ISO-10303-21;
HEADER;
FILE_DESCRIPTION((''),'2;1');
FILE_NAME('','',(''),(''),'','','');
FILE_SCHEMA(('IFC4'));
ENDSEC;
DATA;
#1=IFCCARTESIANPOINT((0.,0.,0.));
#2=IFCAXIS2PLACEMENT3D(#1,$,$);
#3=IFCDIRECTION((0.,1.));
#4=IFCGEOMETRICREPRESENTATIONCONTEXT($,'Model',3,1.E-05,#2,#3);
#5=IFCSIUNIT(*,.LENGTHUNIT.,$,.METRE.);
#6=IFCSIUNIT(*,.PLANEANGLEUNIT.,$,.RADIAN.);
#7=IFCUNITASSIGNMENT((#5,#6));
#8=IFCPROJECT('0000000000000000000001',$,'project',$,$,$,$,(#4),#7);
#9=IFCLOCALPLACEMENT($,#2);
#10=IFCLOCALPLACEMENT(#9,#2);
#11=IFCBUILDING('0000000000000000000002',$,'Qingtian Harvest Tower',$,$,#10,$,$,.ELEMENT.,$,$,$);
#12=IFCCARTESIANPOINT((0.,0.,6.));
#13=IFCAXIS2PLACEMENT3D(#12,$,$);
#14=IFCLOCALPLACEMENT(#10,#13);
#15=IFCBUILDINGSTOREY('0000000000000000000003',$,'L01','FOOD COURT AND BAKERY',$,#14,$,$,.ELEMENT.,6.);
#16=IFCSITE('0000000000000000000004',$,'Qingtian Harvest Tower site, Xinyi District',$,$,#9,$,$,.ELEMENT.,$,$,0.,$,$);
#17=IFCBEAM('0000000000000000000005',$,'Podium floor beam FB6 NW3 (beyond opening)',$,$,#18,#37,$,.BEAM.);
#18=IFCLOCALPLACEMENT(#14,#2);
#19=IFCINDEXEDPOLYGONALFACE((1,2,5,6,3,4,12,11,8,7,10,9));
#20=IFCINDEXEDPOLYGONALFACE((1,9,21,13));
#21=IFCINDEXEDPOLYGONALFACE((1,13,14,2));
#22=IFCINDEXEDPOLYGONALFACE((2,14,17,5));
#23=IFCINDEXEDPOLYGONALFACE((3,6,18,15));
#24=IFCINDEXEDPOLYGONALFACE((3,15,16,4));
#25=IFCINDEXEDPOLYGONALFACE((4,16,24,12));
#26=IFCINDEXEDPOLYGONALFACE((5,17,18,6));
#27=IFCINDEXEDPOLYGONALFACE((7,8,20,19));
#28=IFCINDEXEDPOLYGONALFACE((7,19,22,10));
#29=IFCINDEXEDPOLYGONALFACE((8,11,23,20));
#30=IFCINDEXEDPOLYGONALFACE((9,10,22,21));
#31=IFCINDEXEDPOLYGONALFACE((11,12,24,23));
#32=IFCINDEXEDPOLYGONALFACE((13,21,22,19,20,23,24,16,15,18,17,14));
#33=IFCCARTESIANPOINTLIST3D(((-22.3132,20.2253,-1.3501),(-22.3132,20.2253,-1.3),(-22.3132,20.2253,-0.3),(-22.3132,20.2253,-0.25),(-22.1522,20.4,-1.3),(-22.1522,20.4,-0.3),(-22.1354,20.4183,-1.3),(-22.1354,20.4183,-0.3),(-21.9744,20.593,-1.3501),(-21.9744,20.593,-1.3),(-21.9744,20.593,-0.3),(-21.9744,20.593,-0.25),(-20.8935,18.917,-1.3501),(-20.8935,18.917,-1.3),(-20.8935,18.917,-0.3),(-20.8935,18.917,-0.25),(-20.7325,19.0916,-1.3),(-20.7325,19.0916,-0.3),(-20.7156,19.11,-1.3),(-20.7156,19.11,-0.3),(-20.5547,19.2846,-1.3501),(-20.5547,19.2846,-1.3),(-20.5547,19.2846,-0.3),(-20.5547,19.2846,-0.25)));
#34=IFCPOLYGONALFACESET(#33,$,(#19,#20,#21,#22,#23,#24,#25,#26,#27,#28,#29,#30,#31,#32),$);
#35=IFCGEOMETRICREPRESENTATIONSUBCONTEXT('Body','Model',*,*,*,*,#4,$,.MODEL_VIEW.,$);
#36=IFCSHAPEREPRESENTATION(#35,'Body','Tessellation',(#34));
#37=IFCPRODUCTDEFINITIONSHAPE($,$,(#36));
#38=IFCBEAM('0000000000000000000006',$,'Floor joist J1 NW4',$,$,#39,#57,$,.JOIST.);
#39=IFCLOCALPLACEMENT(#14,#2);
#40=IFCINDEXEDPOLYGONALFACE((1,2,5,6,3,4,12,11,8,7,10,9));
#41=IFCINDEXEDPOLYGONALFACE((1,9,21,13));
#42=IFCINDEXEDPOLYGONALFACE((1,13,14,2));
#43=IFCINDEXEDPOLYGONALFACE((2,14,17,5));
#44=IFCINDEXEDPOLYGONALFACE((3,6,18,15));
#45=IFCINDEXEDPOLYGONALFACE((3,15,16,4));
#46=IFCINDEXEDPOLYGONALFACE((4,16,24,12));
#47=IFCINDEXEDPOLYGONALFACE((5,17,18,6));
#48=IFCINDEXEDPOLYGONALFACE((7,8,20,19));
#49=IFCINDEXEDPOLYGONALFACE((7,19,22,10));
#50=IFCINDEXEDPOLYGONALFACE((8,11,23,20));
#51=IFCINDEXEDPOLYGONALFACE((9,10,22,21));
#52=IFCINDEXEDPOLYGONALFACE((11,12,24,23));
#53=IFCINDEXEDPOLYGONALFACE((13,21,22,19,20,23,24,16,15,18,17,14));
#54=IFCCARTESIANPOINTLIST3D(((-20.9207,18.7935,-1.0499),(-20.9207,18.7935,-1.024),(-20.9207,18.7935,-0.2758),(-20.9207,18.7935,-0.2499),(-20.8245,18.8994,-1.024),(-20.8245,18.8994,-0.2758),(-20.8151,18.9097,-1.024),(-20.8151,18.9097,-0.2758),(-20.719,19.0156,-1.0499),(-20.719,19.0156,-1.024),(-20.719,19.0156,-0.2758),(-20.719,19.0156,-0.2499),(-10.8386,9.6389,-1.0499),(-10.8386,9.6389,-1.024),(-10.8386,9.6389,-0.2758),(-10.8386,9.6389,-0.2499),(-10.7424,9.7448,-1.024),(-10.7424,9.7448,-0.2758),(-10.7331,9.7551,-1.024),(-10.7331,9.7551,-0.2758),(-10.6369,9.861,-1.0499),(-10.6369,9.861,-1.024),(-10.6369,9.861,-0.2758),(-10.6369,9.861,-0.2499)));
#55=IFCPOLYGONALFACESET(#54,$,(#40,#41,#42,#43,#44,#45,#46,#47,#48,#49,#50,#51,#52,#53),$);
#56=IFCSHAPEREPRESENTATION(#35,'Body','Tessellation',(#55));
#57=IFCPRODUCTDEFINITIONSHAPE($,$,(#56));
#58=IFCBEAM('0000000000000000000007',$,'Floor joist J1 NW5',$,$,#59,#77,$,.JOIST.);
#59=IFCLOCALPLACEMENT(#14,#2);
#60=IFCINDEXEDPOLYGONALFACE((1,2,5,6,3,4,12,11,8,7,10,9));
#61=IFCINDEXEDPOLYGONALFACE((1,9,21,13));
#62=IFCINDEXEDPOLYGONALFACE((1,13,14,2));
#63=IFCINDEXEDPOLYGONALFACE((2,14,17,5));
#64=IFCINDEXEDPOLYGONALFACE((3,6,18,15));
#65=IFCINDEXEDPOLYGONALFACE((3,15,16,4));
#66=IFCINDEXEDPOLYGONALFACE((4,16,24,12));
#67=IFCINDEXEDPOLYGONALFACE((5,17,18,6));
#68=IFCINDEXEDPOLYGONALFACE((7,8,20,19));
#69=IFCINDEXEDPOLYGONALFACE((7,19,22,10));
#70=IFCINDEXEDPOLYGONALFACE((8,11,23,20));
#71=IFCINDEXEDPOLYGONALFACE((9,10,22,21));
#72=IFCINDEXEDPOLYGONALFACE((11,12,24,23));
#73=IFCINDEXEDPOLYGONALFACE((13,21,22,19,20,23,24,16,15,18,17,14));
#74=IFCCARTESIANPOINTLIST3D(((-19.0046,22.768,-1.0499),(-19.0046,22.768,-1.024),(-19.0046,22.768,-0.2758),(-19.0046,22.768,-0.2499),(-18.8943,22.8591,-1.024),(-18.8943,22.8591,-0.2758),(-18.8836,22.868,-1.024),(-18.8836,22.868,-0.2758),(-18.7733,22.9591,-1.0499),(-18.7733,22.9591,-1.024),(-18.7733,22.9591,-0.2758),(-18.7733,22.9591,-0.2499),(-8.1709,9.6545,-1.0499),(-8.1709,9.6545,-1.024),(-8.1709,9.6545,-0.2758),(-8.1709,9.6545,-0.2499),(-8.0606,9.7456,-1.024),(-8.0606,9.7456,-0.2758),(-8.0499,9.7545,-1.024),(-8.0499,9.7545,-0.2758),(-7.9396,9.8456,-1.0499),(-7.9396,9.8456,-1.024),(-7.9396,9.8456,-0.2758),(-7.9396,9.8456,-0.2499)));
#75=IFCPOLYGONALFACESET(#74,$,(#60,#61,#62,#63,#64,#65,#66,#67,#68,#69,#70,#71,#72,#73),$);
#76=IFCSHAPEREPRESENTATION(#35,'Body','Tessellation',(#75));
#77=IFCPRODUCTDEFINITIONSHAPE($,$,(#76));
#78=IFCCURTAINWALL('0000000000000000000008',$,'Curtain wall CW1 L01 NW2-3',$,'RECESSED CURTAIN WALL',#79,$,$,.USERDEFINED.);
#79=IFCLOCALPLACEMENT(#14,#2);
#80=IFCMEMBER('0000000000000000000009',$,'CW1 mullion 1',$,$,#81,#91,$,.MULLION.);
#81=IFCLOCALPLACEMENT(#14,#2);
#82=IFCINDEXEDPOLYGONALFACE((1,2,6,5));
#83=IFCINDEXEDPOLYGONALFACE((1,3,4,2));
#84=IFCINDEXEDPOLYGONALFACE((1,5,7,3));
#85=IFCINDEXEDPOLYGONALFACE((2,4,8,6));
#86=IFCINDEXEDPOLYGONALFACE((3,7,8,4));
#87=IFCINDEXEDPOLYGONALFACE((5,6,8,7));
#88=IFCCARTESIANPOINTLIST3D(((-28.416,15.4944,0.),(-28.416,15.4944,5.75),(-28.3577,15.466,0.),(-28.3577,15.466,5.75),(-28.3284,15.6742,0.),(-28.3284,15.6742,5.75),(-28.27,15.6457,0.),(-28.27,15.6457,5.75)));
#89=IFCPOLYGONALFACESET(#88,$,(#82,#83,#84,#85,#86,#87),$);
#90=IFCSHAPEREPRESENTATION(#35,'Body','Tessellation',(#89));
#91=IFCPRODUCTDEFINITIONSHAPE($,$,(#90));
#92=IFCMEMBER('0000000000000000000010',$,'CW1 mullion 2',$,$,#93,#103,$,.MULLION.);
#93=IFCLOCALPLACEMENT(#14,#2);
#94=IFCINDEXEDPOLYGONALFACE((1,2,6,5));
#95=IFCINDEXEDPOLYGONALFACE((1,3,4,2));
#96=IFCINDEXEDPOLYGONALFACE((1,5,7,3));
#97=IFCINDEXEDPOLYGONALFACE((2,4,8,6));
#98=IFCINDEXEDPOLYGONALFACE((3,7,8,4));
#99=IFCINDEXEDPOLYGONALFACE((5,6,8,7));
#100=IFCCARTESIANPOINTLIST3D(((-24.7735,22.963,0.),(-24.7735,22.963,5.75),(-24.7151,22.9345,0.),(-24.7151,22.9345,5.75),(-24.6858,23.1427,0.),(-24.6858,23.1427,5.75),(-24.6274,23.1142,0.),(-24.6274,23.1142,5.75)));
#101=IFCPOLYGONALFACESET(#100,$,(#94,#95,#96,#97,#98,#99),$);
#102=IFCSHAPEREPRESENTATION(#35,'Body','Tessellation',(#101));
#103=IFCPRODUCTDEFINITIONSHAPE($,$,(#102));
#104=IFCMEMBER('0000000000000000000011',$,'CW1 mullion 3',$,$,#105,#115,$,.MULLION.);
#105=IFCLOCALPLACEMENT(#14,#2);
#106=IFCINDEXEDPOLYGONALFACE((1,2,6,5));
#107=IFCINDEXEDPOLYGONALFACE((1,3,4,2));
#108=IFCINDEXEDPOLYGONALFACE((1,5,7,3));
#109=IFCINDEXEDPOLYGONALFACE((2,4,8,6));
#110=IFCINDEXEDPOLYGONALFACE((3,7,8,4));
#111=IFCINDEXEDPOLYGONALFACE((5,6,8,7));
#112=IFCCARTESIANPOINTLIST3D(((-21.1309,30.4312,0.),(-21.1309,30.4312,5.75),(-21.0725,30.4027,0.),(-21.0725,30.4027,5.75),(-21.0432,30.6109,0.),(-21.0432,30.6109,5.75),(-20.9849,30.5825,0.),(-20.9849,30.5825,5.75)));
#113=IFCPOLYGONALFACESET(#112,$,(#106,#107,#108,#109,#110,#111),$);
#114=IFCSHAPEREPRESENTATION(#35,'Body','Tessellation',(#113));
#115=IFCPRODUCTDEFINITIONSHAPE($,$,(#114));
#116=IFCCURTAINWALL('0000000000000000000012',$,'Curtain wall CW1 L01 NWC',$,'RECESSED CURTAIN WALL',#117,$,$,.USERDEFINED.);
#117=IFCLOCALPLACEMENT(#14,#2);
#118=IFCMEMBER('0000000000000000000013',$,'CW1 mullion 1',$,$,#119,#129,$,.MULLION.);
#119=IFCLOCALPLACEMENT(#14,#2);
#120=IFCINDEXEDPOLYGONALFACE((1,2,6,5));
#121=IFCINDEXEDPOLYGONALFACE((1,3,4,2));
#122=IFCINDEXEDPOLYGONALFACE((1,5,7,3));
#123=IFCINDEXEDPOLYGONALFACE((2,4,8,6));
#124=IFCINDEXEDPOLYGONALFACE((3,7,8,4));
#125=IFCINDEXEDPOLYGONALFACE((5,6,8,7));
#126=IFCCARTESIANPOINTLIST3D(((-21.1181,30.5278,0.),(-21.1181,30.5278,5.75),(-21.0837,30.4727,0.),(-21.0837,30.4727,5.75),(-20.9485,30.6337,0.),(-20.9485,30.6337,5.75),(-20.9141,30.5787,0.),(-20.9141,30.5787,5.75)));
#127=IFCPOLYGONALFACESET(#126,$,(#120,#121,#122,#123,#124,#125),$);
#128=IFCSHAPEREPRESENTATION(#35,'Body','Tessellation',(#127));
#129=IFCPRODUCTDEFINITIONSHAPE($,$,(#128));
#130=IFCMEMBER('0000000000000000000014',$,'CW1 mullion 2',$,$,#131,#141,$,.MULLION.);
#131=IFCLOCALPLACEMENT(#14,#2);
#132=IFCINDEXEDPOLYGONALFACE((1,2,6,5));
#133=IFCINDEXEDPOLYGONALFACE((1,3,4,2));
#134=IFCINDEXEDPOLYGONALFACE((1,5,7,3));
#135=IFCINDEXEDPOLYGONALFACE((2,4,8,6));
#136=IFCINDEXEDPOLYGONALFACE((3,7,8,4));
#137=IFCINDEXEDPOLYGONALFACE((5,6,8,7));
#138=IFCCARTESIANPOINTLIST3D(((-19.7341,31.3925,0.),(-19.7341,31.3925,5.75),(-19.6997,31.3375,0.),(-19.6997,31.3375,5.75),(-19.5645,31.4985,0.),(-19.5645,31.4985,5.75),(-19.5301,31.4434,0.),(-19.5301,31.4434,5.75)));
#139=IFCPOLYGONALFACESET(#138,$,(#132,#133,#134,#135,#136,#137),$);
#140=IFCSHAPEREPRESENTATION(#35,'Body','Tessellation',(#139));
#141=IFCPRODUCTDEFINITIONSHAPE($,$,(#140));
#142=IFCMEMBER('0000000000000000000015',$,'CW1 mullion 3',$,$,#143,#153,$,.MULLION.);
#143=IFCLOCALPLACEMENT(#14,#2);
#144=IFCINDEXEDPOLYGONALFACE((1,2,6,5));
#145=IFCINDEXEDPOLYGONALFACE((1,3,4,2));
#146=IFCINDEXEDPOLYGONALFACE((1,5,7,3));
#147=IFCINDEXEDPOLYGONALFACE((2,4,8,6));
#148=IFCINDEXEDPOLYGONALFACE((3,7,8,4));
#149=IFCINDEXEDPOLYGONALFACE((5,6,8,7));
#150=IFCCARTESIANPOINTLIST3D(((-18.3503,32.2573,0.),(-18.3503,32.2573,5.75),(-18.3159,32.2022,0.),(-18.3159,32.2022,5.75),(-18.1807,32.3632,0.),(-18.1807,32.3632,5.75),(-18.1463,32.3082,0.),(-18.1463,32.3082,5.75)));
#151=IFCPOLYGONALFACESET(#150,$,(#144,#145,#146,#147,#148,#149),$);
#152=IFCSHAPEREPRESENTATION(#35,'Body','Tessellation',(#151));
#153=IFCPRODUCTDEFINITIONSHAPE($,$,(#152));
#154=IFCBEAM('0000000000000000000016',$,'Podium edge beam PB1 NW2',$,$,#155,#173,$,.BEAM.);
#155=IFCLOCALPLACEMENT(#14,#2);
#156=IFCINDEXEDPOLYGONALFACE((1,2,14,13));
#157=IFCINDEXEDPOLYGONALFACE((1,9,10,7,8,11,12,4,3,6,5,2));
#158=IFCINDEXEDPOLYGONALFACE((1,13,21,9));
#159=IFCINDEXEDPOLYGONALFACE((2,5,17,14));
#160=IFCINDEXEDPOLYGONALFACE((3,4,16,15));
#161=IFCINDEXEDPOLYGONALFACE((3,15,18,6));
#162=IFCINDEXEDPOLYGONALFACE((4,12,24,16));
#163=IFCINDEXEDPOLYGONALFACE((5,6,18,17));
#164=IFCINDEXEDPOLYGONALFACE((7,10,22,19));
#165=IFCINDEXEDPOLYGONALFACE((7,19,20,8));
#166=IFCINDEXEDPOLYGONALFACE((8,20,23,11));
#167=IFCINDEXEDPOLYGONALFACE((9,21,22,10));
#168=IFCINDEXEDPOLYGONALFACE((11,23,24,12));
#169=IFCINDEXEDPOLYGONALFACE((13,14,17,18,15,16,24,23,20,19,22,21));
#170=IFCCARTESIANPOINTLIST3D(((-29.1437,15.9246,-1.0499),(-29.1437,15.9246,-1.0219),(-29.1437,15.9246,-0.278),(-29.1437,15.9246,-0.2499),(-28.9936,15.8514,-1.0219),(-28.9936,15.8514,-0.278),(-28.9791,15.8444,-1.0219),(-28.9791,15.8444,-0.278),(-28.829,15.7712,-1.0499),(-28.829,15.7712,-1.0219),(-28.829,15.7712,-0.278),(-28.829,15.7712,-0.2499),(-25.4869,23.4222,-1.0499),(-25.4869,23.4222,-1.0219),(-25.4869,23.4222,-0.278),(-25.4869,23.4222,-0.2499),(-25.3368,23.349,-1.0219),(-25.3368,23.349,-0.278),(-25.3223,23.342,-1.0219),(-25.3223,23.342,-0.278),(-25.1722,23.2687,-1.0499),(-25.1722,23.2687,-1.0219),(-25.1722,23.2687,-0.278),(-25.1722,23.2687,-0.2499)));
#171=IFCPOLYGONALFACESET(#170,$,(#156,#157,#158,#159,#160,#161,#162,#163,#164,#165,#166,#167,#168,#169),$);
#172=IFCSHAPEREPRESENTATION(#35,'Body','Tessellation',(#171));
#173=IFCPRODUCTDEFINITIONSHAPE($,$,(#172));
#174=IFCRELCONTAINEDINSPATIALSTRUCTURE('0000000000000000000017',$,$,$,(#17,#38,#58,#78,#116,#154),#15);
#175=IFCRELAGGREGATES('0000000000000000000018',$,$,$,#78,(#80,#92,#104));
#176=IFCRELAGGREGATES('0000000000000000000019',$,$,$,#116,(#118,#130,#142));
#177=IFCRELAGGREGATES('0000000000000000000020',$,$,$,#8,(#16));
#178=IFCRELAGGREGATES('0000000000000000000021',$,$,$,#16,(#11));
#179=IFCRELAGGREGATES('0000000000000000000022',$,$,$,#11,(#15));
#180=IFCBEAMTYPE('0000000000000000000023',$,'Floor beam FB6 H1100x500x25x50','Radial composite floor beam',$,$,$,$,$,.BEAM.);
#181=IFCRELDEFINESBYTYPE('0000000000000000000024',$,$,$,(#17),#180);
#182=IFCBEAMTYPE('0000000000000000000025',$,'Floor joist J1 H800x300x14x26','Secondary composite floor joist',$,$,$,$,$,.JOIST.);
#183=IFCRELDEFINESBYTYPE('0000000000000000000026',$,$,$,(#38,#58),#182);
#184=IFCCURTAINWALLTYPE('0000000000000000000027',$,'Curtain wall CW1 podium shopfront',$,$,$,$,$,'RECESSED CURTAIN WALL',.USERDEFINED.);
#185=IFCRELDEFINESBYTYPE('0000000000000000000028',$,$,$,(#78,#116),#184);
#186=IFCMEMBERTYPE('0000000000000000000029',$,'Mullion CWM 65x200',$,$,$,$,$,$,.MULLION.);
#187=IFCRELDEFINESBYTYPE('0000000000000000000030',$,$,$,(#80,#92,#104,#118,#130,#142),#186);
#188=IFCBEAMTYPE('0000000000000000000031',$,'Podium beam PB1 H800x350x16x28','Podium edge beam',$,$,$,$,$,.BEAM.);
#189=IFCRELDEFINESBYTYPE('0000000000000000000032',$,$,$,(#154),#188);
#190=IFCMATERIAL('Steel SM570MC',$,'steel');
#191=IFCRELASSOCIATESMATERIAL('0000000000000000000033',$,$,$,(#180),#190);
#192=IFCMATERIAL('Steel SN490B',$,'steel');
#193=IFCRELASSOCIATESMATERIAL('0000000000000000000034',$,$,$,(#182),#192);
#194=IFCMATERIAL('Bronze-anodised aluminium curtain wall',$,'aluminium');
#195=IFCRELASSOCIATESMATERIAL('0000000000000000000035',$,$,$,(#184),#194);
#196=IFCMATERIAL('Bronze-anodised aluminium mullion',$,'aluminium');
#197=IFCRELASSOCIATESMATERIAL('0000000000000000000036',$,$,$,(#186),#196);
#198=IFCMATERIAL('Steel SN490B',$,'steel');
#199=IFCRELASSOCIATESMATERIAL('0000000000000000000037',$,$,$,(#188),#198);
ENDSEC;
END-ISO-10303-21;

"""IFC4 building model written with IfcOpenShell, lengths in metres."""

from ifc_helpers import new_model, si_unit, direction, frame, origin, origin_2d, place, context, subcontext, project, spatial, rectangle, i_section, extrude, material, material_profile, profile_set, type_object, element, aggregate, save


model = new_model("IFC4")

# Units and contexts
model_context = context("Model", 3, precision=1e-05, world=origin(), true_north=direction((0.0, 1.0)))
body_context = subcontext(model_context, "Body", "Model", "MODEL_VIEW")
ifc_project = project(units=[si_unit("LENGTHUNIT", "METRE"), si_unit("PLANEANGLEUNIT", "RADIAN")], contexts=[model_context])

# Site, building, storey
site_placement = place(None, origin())
site = spatial("IfcSite", under=ifc_project, at=site_placement, Name="Qingtian Harvest Tower site, Xinyi District", CompositionType="ELEMENT", RefElevation=0.0)
building_placement = place(site_placement, origin())
building = spatial("IfcBuilding", under=site, at=building_placement, Name="Qingtian Harvest Tower", CompositionType="ELEMENT")
storey_placement = place(building_placement, frame((0.0, 0.0, 6.0)))
storey = spatial("IfcBuildingStorey", under=building, at=storey_placement, Name="L01", Description="FOOD COURT AND BAKERY", CompositionType="ELEMENT", Elevation=6.0)

# Beams
ifc_material_1 = material(Name="Steel SM570MC", Category="steel")
ifc_material_profile_1 = material_profile(ifc_material_1, i_section(OverallWidth=0.5, OverallDepth=1.1001, WebThickness=0.0249, FlangeThickness=0.05, at=origin_2d()), Name="H1100x500x25x50")
ifc_profile_set_1 = profile_set([ifc_material_profile_1], Name="Steel SM570MC")
beam_type_1 = type_object("IfcBeamType", Name="Floor beam FB6 H1100x500x25x50", Description="Radial composite floor beam", PredefinedType="BEAM", material=ifc_profile_set_1)
beam_1_placement = place(storey_placement, frame((-22.1438, 20.4092, -0.8), z_axis=(0.735351, -0.677686, 0.0), x_axis=(0.677686, 0.735351, 0.0)))
element("IfcBeam", 1, at=beam_1_placement, inside=storey, type_object=beam_type_1, Name="Podium floor beam FB6 NW3 (beyond opening)", PredefinedType="BEAM", context=body_context, shape_type="SweptSolid", body=[
    extrude(i_section(OverallWidth=0.5, OverallDepth=1.1001, WebThickness=0.0249, FlangeThickness=0.05, at=origin_2d()), origin(), (0.0, 0.0, 1.0), 1.9307),
])
ifc_material_2 = material(Name="Steel SN490B", Category="steel")
ifc_material_profile_2 = material_profile(ifc_material_2, i_section(OverallWidth=0.3, OverallDepth=0.8, WebThickness=0.0139, FlangeThickness=0.0259, at=origin_2d()), Name="H800x300x14x26")
ifc_profile_set_2 = profile_set([ifc_material_profile_2], Name="Steel SN490B")
beam_type_2 = type_object("IfcBeamType", Name="Floor joist J1 H800x300x14x26", Description="Secondary composite floor joist", PredefinedType="JOIST", material=ifc_profile_set_2)
beam_2_placement = place(storey_placement, frame((-20.8198, 18.9045, -0.6499), z_axis=(0.74034, -0.672233, 0.0), x_axis=(0.672233, 0.74034, 0.0)))
element("IfcBeam", 2, at=beam_2_placement, inside=storey, type_object=beam_type_2, Name="Floor joist J1 NW4", PredefinedType="JOIST", context=body_context, shape_type="SweptSolid", body=[
    extrude(i_section(OverallWidth=0.3, OverallDepth=0.8, WebThickness=0.0139, FlangeThickness=0.0259, at=origin_2d()), origin(), (0.0, 0.0, 1.0), 13.6182),
])
beam_3_placement = place(storey_placement, frame((-18.8889, 22.8635, -0.6499), z_axis=(0.63691, -0.770938, 0.0), x_axis=(0.770938, 0.63691, 0.0)))
element("IfcBeam", 3, at=beam_3_placement, inside=storey, type_object=beam_type_2, Name="Floor joist J1 NW5", PredefinedType="JOIST", context=body_context, shape_type="SweptSolid", body=[
    extrude(i_section(OverallWidth=0.3, OverallDepth=0.8, WebThickness=0.0139, FlangeThickness=0.0259, at=origin_2d()), origin(), (0.0, 0.0, 1.0), 17.0098),
])

# Curtain walls, members
ifc_material_3 = material(Name="Bronze-anodised aluminium curtain wall", Category="aluminium")
curtain_wall_type = type_object("IfcCurtainWallType", Name="Curtain wall CW1 podium shopfront", ElementType="RECESSED CURTAIN WALL", PredefinedType="USERDEFINED", material=ifc_material_3)
curtain_wall_1_placement = place(storey_placement, origin())
curtain_wall_1 = element("IfcCurtainWall", 4, at=curtain_wall_1_placement, inside=storey, type_object=curtain_wall_type, Name="Curtain wall CW1 L01 NW2-3", ObjectType="RECESSED CURTAIN WALL", PredefinedType="USERDEFINED")
ifc_material_4 = material(Name="Bronze-anodised aluminium mullion", Category="aluminium")
ifc_material_profile_3 = material_profile(ifc_material_4, rectangle(XDim=0.0649, YDim=0.2, at=origin_2d()), Name="AL 65x200")
ifc_profile_set_3 = profile_set([ifc_material_profile_3], Name="Bronze-anodised aluminium mullion")
member_type_1 = type_object("IfcMemberType", Name="Mullion CWM 65x200", PredefinedType="MULLION", material=ifc_profile_set_3)
member_1_placement = place(storey_placement, frame((-28.343, 15.5701, 0.0), z_axis=(0.0, 0.0, 1.0), x_axis=(-0.898794, 0.438371, 0.0)))
member_1 = element("IfcMember", 5, at=member_1_placement, type_object=member_type_1, Name="CW1 mullion 1", PredefinedType="MULLION", context=body_context, shape_type="SweptSolid", body=[
    extrude(rectangle(XDim=0.0649, YDim=0.2, at=origin_2d()), origin(), (0.0, 0.0, 1.0), 5.75),
])
member_2_placement = place(storey_placement, frame((-24.7004, 23.0386, 0.0), z_axis=(0.0, 0.0, 1.0), x_axis=(-0.898794, 0.438371, 0.0)))
member_2 = element("IfcMember", 6, at=member_2_placement, type_object=member_type_1, Name="CW1 mullion 2", PredefinedType="MULLION", context=body_context, shape_type="SweptSolid", body=[
    extrude(rectangle(XDim=0.0649, YDim=0.2, at=origin_2d()), origin(), (0.0, 0.0, 1.0), 5.75),
])
member_3_placement = place(storey_placement, frame((-21.0579, 30.5068, 0.0), z_axis=(0.0, 0.0, 1.0), x_axis=(-0.898794, 0.438371, 0.0)))
member_3 = element("IfcMember", 7, at=member_3_placement, type_object=member_type_1, Name="CW1 mullion 3", PredefinedType="MULLION", context=body_context, shape_type="SweptSolid", body=[
    extrude(rectangle(XDim=0.0649, YDim=0.2, at=origin_2d()), origin(), (0.0, 0.0, 1.0), 5.75),
])
curtain_wall_2_placement = place(storey_placement, origin())
curtain_wall_2 = element("IfcCurtainWall", 8, at=curtain_wall_2_placement, inside=storey, type_object=curtain_wall_type, Name="Curtain wall CW1 L01 NWC", ObjectType="RECESSED CURTAIN WALL", PredefinedType="USERDEFINED")
member_4_placement = place(storey_placement, frame((-21.0161, 30.5532, 0.0), z_axis=(0.0, 0.0, 1.0), x_axis=(-0.529919, 0.848048, 0.0)))
member_4 = element("IfcMember", 9, at=member_4_placement, type_object=member_type_1, Name="CW1 mullion 1", PredefinedType="MULLION", context=body_context, shape_type="SweptSolid", body=[
    extrude(rectangle(XDim=0.0649, YDim=0.2, at=origin_2d()), origin(), (0.0, 0.0, 1.0), 5.75),
])
member_5_placement = place(storey_placement, frame((-19.6321, 31.418, 0.0), z_axis=(0.0, 0.0, 1.0), x_axis=(-0.529919, 0.848048, 0.0)))
member_5 = element("IfcMember", 10, at=member_5_placement, type_object=member_type_1, Name="CW1 mullion 2", PredefinedType="MULLION", context=body_context, shape_type="SweptSolid", body=[
    extrude(rectangle(XDim=0.0649, YDim=0.2, at=origin_2d()), origin(), (0.0, 0.0, 1.0), 5.75),
])
member_6_placement = place(storey_placement, frame((-18.2483, 32.2827, 0.0), z_axis=(0.0, 0.0, 1.0), x_axis=(-0.529919, 0.848048, 0.0)))
member_6 = element("IfcMember", 11, at=member_6_placement, type_object=member_type_1, Name="CW1 mullion 3", PredefinedType="MULLION", context=body_context, shape_type="SweptSolid", body=[
    extrude(rectangle(XDim=0.0649, YDim=0.2, at=origin_2d()), origin(), (0.0, 0.0, 1.0), 5.75),
])

# Beam
ifc_material_5 = material(Name="Steel SN490B", Category="steel")
ifc_material_profile_4 = material_profile(ifc_material_5, i_section(OverallWidth=0.3501, OverallDepth=0.8, WebThickness=0.0161, FlangeThickness=0.0281, at=origin_2d()), Name="H800x350x16x28")
ifc_profile_set_4 = profile_set([ifc_material_profile_4], Name="Steel SN490B")
beam_type_3 = type_object("IfcBeamType", Name="Podium beam PB1 H800x350x16x28", Description="Podium edge beam", PredefinedType="BEAM", material=ifc_profile_set_4)
beam_4_placement = place(storey_placement, frame((-28.9863, 15.8479, -0.6499), z_axis=(0.438365, 0.898797, 0.0), x_axis=(-0.898797, 0.438365, 0.0)))
element("IfcBeam", 12, at=beam_4_placement, inside=storey, type_object=beam_type_3, Name="Podium edge beam PB1 NW2", PredefinedType="BEAM", context=body_context, shape_type="SweptSolid", body=[
    extrude(i_section(OverallWidth=0.3501, OverallDepth=0.8, WebThickness=0.0161, FlangeThickness=0.0281, at=origin_2d()), origin(), (0.0, 0.0, 1.0), 8.3418),
])

aggregate(curtain_wall_1, [member_1, member_2, member_3])
aggregate(curtain_wall_2, [member_4, member_5, member_6])

save(model, "model.ifc")
